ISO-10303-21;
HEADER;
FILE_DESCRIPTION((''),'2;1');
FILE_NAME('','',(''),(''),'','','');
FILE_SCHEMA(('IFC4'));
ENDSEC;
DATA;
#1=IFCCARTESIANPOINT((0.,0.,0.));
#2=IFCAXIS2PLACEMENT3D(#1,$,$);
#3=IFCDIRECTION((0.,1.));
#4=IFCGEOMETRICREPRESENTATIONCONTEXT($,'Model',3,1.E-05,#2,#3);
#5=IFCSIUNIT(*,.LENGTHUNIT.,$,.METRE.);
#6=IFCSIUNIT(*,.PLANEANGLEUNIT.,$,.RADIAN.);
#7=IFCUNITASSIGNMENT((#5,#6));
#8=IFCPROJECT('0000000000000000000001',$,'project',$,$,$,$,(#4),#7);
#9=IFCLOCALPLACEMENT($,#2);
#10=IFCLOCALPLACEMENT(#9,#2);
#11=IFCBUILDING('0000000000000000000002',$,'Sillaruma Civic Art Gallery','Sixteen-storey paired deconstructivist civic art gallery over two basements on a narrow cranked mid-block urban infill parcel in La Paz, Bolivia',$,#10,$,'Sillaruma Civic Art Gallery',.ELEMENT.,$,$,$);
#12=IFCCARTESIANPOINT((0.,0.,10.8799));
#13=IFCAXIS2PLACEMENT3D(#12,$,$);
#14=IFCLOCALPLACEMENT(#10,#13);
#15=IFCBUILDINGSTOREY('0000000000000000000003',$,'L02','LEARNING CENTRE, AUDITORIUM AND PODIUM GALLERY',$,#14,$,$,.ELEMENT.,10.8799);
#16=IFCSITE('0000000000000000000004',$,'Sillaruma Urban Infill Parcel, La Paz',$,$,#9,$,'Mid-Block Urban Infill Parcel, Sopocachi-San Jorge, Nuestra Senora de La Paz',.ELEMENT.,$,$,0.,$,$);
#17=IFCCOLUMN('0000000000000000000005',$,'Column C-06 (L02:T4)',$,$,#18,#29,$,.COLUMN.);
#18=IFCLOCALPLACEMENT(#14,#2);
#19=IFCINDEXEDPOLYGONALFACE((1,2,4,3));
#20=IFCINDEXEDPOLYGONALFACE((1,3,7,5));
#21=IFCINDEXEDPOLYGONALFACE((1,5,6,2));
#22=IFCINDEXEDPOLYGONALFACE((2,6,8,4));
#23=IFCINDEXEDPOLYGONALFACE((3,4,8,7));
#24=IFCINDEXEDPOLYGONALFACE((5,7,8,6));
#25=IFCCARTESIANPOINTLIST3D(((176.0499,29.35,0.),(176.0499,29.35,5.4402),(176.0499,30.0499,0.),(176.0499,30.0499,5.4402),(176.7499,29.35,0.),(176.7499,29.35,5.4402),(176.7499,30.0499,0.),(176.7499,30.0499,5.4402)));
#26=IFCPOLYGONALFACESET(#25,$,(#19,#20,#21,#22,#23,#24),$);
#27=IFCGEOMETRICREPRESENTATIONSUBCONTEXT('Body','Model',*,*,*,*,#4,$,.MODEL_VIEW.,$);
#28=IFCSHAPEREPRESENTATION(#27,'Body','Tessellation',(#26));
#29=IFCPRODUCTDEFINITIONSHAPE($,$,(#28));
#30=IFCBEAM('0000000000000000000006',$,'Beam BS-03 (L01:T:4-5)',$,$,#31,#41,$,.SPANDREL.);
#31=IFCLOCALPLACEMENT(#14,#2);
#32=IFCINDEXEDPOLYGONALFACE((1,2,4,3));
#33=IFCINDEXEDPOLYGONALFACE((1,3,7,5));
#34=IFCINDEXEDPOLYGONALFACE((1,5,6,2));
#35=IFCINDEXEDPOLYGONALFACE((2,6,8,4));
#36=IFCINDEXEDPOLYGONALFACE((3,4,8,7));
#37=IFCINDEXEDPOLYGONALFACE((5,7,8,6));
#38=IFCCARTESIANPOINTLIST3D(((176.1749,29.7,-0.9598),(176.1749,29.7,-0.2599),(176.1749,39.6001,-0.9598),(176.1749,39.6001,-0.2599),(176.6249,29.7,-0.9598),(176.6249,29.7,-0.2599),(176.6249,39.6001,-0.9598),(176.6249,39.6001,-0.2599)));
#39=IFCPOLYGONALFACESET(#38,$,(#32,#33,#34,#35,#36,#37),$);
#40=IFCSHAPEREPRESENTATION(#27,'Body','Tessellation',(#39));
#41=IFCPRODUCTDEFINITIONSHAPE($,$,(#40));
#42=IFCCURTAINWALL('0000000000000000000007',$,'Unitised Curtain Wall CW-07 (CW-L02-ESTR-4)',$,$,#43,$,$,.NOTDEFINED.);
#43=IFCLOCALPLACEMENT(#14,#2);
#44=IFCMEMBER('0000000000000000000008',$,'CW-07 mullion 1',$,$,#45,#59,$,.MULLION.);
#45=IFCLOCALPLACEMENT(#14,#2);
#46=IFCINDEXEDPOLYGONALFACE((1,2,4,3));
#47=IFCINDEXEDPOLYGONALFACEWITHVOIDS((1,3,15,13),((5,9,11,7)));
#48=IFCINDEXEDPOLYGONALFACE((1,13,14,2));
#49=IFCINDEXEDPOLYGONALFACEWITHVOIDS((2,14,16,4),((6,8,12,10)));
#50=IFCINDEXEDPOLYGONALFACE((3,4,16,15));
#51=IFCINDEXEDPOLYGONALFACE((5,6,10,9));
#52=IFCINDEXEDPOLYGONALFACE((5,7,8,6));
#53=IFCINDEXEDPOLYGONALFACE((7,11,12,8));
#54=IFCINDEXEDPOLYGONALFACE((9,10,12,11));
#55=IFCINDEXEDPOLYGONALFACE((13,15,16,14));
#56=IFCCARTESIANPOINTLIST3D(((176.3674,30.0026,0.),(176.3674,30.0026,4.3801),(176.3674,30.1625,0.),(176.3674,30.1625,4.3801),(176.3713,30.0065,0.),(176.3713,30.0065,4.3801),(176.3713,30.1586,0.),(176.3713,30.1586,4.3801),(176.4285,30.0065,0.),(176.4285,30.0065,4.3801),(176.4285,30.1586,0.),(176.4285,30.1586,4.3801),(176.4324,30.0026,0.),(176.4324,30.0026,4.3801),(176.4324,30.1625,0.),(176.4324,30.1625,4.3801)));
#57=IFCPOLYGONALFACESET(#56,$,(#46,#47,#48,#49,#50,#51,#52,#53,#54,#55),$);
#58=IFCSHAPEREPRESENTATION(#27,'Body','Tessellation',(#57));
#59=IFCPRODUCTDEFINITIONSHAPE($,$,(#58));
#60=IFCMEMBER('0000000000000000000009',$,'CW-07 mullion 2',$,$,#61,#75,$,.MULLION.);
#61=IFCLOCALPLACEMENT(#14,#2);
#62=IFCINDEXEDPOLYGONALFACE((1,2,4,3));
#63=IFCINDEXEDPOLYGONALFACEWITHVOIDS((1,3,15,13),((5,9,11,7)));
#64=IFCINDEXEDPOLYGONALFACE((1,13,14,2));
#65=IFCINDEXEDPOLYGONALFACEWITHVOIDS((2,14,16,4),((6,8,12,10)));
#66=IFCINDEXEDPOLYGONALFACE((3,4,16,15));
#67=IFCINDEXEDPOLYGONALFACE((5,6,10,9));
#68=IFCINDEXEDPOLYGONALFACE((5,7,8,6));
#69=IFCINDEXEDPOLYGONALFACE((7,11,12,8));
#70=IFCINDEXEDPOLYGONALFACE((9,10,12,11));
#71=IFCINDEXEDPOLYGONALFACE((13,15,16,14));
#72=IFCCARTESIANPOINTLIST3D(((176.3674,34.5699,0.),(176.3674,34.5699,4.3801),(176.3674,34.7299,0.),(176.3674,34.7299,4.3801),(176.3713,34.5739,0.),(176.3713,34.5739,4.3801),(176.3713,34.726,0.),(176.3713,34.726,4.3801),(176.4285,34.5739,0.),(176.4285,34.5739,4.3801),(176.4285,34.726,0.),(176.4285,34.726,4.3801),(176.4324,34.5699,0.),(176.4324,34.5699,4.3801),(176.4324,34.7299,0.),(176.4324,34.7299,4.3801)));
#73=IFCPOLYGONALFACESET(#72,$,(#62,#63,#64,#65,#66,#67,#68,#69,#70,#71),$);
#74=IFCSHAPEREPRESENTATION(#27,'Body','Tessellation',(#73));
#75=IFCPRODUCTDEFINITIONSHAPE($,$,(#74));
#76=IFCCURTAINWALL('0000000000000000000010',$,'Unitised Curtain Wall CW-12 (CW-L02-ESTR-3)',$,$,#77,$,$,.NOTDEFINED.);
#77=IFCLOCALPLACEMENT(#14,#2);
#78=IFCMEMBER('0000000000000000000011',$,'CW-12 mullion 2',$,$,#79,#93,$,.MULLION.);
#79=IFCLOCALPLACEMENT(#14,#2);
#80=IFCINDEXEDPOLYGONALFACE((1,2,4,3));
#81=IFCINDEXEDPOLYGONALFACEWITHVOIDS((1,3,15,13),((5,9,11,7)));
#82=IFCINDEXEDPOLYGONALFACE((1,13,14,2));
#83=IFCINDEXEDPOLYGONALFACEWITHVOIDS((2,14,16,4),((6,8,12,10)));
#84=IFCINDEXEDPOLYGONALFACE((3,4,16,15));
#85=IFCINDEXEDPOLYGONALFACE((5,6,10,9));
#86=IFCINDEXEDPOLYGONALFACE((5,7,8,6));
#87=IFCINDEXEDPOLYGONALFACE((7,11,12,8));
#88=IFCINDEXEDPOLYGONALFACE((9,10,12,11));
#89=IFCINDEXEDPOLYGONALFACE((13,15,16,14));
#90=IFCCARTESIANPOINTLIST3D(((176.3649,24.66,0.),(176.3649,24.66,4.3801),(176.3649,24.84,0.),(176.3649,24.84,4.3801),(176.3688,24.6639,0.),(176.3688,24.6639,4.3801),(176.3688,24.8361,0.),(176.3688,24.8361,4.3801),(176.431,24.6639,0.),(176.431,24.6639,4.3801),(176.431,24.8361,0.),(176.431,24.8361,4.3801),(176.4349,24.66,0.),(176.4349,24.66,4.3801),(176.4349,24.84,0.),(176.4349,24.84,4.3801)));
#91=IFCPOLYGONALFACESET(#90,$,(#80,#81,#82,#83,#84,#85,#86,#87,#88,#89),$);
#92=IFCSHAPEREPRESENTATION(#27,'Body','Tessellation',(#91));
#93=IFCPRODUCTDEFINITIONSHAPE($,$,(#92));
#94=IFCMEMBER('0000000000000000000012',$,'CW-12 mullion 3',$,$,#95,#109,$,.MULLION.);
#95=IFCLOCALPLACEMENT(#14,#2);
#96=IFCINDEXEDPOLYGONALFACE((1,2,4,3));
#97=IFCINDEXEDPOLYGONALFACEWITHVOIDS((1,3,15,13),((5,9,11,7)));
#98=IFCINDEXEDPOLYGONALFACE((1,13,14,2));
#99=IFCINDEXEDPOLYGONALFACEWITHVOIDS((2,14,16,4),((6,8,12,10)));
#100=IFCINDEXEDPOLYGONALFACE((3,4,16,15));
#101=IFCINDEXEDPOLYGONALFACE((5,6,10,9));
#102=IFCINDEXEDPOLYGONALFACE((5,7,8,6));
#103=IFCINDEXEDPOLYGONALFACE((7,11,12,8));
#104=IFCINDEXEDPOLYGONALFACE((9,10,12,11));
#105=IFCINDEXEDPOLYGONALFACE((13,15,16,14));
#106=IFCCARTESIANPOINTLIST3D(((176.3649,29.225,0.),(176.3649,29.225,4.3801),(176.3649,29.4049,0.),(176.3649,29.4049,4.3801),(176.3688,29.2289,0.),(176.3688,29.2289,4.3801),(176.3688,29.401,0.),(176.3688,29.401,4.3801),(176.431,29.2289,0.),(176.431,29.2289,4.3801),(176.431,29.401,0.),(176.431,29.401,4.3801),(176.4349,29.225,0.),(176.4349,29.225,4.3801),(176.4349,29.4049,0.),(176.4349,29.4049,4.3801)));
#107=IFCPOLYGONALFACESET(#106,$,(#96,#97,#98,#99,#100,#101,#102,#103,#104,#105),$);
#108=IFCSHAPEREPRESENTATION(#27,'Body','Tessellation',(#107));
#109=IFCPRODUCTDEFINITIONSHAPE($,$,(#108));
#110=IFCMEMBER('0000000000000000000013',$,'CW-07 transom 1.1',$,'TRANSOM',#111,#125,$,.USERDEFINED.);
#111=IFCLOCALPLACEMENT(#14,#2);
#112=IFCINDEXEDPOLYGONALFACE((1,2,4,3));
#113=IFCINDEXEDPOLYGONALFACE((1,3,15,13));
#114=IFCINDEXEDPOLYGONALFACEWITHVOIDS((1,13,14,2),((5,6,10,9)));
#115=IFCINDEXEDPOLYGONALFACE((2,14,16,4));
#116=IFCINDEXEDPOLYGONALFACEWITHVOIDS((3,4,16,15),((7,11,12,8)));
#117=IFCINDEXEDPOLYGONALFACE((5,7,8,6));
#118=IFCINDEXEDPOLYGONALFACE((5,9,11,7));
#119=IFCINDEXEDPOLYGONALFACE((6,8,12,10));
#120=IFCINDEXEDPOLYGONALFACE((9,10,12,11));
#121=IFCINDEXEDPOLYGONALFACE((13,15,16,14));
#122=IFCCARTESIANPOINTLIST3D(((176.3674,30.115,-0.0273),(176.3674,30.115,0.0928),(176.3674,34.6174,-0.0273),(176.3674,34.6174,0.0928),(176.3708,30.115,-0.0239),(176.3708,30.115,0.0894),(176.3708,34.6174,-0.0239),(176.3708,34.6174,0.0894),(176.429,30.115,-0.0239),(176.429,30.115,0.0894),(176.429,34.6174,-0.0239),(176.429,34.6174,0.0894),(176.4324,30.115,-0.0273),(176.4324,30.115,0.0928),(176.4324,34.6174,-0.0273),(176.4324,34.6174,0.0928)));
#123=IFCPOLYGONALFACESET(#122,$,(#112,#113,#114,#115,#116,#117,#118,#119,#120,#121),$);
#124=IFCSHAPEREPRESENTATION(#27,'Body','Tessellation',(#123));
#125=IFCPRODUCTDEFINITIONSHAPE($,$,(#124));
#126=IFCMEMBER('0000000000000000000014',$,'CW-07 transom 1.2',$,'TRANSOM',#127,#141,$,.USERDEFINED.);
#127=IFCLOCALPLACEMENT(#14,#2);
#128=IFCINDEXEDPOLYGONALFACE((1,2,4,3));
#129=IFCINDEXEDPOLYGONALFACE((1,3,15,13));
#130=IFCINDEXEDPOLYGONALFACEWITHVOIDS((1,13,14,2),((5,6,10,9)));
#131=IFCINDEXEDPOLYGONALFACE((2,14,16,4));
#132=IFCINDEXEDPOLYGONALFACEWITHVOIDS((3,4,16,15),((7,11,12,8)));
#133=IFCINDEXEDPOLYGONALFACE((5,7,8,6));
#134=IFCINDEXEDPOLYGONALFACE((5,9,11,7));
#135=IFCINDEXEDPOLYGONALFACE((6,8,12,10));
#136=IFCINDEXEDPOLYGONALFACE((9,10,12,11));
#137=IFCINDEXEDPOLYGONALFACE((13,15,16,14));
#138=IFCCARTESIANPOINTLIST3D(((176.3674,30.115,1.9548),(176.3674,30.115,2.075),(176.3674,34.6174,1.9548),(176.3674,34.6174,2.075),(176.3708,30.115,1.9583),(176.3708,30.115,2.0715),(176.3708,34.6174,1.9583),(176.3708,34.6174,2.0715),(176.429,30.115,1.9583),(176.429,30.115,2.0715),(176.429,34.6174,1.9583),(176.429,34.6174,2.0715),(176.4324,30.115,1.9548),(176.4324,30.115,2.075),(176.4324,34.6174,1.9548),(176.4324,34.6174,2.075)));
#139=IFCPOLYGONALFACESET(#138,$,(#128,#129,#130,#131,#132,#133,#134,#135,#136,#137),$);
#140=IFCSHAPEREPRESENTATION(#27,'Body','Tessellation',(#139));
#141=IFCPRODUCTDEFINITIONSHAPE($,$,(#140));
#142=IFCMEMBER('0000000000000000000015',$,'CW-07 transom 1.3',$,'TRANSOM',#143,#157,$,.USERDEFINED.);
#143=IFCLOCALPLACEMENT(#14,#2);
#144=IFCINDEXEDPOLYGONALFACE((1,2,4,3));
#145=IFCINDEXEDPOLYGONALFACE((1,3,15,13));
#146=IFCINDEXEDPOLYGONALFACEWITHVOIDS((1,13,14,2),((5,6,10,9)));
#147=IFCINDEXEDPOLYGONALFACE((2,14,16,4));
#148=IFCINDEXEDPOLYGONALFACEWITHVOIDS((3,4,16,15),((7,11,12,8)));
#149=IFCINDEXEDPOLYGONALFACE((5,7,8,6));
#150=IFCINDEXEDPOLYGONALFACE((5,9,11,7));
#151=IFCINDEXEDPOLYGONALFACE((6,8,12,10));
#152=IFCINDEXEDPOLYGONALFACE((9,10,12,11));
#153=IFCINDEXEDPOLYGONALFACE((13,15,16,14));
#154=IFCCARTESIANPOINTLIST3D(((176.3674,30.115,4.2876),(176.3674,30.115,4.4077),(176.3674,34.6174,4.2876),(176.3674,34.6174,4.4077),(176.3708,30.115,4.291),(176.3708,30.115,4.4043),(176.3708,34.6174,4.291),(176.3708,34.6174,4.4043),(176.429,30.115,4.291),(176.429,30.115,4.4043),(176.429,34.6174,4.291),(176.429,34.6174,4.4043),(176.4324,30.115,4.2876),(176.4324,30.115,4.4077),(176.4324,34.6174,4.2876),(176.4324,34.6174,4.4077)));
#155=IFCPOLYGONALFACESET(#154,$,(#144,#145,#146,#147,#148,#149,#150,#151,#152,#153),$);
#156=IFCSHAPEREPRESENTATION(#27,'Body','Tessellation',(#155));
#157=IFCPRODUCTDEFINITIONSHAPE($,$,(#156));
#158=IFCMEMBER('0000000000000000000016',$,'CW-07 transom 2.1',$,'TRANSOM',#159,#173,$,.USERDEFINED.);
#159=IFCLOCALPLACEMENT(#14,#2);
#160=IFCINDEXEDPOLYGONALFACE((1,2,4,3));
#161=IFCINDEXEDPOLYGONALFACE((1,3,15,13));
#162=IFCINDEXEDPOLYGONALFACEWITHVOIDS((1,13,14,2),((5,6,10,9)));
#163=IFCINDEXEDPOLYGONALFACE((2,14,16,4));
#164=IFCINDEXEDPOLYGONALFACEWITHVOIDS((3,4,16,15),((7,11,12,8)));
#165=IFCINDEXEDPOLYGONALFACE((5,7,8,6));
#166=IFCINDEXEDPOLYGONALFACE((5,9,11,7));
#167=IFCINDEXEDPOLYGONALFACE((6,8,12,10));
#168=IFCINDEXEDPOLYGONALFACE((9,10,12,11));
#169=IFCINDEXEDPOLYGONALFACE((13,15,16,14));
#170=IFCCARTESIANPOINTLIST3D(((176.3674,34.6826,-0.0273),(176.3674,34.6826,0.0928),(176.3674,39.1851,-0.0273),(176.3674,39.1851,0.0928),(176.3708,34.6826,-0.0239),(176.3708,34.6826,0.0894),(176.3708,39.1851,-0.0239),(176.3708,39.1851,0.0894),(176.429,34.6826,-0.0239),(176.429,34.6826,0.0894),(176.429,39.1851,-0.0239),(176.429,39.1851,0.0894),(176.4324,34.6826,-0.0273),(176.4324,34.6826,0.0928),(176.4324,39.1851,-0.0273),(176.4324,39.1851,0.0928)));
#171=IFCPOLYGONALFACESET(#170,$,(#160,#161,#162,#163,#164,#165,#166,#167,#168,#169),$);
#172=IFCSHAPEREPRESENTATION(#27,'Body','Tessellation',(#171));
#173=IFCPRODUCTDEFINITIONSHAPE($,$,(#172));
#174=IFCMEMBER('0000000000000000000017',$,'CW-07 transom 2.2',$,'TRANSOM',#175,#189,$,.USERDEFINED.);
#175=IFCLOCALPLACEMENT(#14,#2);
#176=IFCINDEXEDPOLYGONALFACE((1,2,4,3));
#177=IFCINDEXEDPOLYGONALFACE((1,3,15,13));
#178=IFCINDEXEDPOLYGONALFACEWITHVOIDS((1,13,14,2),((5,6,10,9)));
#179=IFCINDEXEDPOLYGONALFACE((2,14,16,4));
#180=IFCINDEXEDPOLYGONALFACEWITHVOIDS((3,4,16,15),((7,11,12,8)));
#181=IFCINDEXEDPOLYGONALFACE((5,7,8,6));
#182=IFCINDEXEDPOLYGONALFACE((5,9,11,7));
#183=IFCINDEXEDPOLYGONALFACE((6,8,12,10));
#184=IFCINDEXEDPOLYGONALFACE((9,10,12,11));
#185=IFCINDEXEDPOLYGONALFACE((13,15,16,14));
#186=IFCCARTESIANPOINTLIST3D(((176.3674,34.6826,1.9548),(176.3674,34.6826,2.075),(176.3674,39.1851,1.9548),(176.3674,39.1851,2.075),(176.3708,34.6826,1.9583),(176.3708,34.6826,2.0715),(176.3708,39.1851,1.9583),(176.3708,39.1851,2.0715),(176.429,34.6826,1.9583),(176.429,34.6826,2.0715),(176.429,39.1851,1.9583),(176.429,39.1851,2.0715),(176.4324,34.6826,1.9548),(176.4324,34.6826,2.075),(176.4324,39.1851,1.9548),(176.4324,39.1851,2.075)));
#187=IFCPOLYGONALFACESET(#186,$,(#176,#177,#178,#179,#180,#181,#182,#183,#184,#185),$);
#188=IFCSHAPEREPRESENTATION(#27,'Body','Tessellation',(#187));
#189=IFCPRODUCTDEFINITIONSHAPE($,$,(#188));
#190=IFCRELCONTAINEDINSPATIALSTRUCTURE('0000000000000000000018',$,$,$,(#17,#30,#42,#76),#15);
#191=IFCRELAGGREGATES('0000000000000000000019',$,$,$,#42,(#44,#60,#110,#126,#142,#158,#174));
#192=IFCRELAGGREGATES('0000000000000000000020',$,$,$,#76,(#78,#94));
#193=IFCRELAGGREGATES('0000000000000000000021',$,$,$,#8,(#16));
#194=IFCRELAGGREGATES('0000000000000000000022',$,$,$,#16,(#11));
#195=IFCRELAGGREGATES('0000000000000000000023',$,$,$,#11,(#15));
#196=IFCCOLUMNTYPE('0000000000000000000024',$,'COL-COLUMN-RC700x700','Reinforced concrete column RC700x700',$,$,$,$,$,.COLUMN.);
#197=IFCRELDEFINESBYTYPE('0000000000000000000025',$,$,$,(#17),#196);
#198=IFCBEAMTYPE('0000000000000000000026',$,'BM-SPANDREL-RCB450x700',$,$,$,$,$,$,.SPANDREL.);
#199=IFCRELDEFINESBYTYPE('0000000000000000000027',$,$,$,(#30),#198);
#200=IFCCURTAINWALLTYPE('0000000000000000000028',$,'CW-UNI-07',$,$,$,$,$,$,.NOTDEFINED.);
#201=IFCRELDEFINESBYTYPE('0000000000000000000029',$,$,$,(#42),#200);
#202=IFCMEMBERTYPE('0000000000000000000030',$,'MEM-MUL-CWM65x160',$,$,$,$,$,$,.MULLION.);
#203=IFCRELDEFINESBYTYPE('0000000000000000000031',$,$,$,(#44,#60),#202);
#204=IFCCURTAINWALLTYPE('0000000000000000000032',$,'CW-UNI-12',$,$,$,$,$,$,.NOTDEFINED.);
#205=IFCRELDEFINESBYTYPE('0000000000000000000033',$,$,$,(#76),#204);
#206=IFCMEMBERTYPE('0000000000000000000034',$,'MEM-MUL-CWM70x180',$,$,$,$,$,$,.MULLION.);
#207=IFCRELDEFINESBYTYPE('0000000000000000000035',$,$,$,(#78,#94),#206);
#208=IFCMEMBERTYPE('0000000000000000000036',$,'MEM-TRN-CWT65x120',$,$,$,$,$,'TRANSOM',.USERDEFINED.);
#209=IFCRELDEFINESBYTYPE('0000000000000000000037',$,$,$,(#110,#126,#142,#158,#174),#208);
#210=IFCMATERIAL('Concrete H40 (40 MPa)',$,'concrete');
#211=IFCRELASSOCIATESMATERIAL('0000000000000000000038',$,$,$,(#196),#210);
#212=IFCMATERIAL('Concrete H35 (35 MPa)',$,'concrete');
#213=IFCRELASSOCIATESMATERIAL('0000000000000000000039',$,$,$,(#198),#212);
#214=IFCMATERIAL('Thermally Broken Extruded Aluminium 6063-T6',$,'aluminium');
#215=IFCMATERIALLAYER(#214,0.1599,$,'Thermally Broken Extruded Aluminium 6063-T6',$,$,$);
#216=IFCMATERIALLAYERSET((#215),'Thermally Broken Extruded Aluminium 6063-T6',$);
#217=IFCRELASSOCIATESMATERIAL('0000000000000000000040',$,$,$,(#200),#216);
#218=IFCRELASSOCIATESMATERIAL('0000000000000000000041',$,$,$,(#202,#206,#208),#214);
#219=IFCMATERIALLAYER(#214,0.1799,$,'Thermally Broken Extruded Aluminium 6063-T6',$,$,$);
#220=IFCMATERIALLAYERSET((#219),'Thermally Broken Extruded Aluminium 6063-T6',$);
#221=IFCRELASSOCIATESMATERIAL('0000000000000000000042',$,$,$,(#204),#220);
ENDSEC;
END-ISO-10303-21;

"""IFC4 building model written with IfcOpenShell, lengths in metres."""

from ifc_helpers import new_model, si_unit, direction, frame, origin, origin_2d, place, context, subcontext, project, spatial, rectangle, hollow_rectangle, extrude, material, layer, layer_set, material_profile, profile_set, type_object, element, aggregate, save


model = new_model("IFC4")

# Units and contexts
model_context = context("Model", 3, precision=1e-05, world=origin(), true_north=direction((0.0, 1.0)))
body_context = subcontext(model_context, "Body", "Model", "MODEL_VIEW")
ifc_project = project(units=[si_unit("LENGTHUNIT", "METRE"), si_unit("PLANEANGLEUNIT", "RADIAN")], contexts=[model_context])

# Site, building, storey
site_placement = place(None, origin())
site = spatial("IfcSite", under=ifc_project, at=site_placement, Name="Sillaruma Urban Infill Parcel, La Paz", LongName="Mid-Block Urban Infill Parcel, Sopocachi-San Jorge, Nuestra Senora de La Paz", CompositionType="ELEMENT", RefElevation=0.0)
building_placement = place(site_placement, origin())
building = spatial("IfcBuilding", under=site, at=building_placement, Name="Sillaruma Civic Art Gallery", Description="Sixteen-storey paired deconstructivist civic art gallery over two basements on a narrow cranked mid-block urban infill parcel in La Paz, Bolivia", LongName="Sillaruma Civic Art Gallery", CompositionType="ELEMENT")
storey_placement = place(building_placement, frame((0.0, 0.0, 10.8799)))
storey = spatial("IfcBuildingStorey", under=building, at=storey_placement, Name="L02", Description="LEARNING CENTRE, AUDITORIUM AND PODIUM GALLERY", CompositionType="ELEMENT", Elevation=10.8799)

# Column
ifc_material_1 = material(Name="Concrete H40 (40 MPa)", Category="concrete")
ifc_material_profile_1 = material_profile(ifc_material_1, rectangle(XDim=0.7, YDim=0.7, at=origin_2d()), Name="RC700x700")
ifc_profile_set_1 = profile_set([ifc_material_profile_1], Name="Concrete H40 (40 MPa)")
column_type = type_object("IfcColumnType", Name="COL-COLUMN-RC700x700", Description="Reinforced concrete column RC700x700", PredefinedType="COLUMN", material=ifc_profile_set_1)
column_placement = place(storey_placement, frame((176.3999, 29.7, 0.0), z_axis=(0.0, 0.0, 1.0), x_axis=(1.0, 0.0, 0.0)))
element("IfcColumn", 1, at=column_placement, inside=storey, type_object=column_type, Name="Column C-06 (L02:T4)", PredefinedType="COLUMN", context=body_context, shape_type="SweptSolid", body=[
    extrude(rectangle(XDim=0.7, YDim=0.7, at=origin_2d()), origin(), (0.0, 0.0, 1.0), 5.4402),
])

# Beam
ifc_material_2 = material(Name="Concrete H35 (35 MPa)", Category="concrete")
ifc_material_profile_2 = material_profile(ifc_material_2, rectangle(XDim=0.45, YDim=0.7, at=origin_2d()), Name="RCB450x700")
ifc_profile_set_2 = profile_set([ifc_material_profile_2], Name="Concrete H35 (35 MPa)")
beam_type = type_object("IfcBeamType", Name="BM-SPANDREL-RCB450x700", PredefinedType="SPANDREL", material=ifc_profile_set_2)
beam_placement = place(storey_placement, frame((176.3999, 29.7, -0.6099), z_axis=(0.0, 1.0, 0.0), x_axis=(-1.0, 0.0, 0.0)))
element("IfcBeam", 2, at=beam_placement, inside=storey, type_object=beam_type, Name="Beam BS-03 (L01:T:4-5)", PredefinedType="SPANDREL", context=body_context, shape_type="SweptSolid", body=[
    extrude(rectangle(XDim=0.45, YDim=0.7, at=origin_2d()), origin(), (0.0, 0.0, 1.0), 9.9001),
])

# Curtain walls, members
ifc_material_3 = material(Name="Thermally Broken Extruded Aluminium 6063-T6", Category="aluminium")
ifc_layer_1 = layer(ifc_material_3, 0.1599, Name="Thermally Broken Extruded Aluminium 6063-T6")
ifc_layer_set_1 = layer_set([ifc_layer_1], Name="Thermally Broken Extruded Aluminium 6063-T6")
curtain_wall_type_1 = type_object("IfcCurtainWallType", Name="CW-UNI-07", PredefinedType="NOTDEFINED", material=ifc_layer_set_1)
curtain_wall_1_placement = place(storey_placement, origin())
curtain_wall_1 = element("IfcCurtainWall", 3, at=curtain_wall_1_placement, inside=storey, type_object=curtain_wall_type_1, Name="Unitised Curtain Wall CW-07 (CW-L02-ESTR-4)", PredefinedType="NOTDEFINED")
ifc_material_profile_3 = material_profile(ifc_material_3, hollow_rectangle(XDim=0.0649, YDim=0.1599, WallThickness=0.0039, at=origin_2d()), Name="CWM65x160")
ifc_profile_set_3 = profile_set([ifc_material_profile_3], Name="Thermally Broken Extruded Aluminium 6063-T6")
member_type_1 = type_object("IfcMemberType", Name="MEM-MUL-CWM65x160", PredefinedType="MULLION", material=ifc_profile_set_3)
member_1_placement = place(storey_placement, frame((176.3999, 30.0825, 0.0), z_axis=(0.0, 0.0, 1.0), x_axis=(-1.0, 0.0, 0.0)))
member_1 = element("IfcMember", 4, at=member_1_placement, type_object=member_type_1, Name="CW-07 mullion 1", PredefinedType="MULLION", context=body_context, shape_type="SweptSolid", body=[
    extrude(hollow_rectangle(XDim=0.0649, YDim=0.1599, WallThickness=0.0039, at=origin_2d()), origin(), (0.0, 0.0, 1.0), 4.3801),
])
member_2_placement = place(storey_placement, frame((176.3999, 34.6499, 0.0), z_axis=(0.0, 0.0, 1.0), x_axis=(-1.0, 0.0, 0.0)))
member_2 = element("IfcMember", 5, at=member_2_placement, type_object=member_type_1, Name="CW-07 mullion 2", PredefinedType="MULLION", context=body_context, shape_type="SweptSolid", body=[
    extrude(hollow_rectangle(XDim=0.0649, YDim=0.1599, WallThickness=0.0039, at=origin_2d()), origin(), (0.0, 0.0, 1.0), 4.3801),
])
ifc_layer_2 = layer(ifc_material_3, 0.1799, Name="Thermally Broken Extruded Aluminium 6063-T6")
ifc_layer_set_2 = layer_set([ifc_layer_2], Name="Thermally Broken Extruded Aluminium 6063-T6")
curtain_wall_type_2 = type_object("IfcCurtainWallType", Name="CW-UNI-12", PredefinedType="NOTDEFINED", material=ifc_layer_set_2)
curtain_wall_2_placement = place(storey_placement, origin())
curtain_wall_2 = element("IfcCurtainWall", 6, at=curtain_wall_2_placement, inside=storey, type_object=curtain_wall_type_2, Name="Unitised Curtain Wall CW-12 (CW-L02-ESTR-3)", PredefinedType="NOTDEFINED")
ifc_material_profile_4 = material_profile(ifc_material_3, hollow_rectangle(XDim=0.0701, YDim=0.1799, WallThickness=0.0039, at=origin_2d()), Name="CWM70x180")
ifc_profile_set_4 = profile_set([ifc_material_profile_4], Name="Thermally Broken Extruded Aluminium 6063-T6")
member_type_2 = type_object("IfcMemberType", Name="MEM-MUL-CWM70x180", PredefinedType="MULLION", material=ifc_profile_set_4)
member_3_placement = place(storey_placement, frame((176.3999, 24.75, 0.0), z_axis=(0.0, 0.0, 1.0), x_axis=(-1.0, 0.0, 0.0)))
member_3 = element("IfcMember", 7, at=member_3_placement, type_object=member_type_2, Name="CW-12 mullion 2", PredefinedType="MULLION", context=body_context, shape_type="SweptSolid", body=[
    extrude(hollow_rectangle(XDim=0.0701, YDim=0.1799, WallThickness=0.0039, at=origin_2d()), origin(), (0.0, 0.0, 1.0), 4.3801),
])
member_4_placement = place(storey_placement, frame((176.3999, 29.3149, 0.0), z_axis=(0.0, 0.0, 1.0), x_axis=(-1.0, 0.0, 0.0)))
member_4 = element("IfcMember", 8, at=member_4_placement, type_object=member_type_2, Name="CW-12 mullion 3", PredefinedType="MULLION", context=body_context, shape_type="SweptSolid", body=[
    extrude(hollow_rectangle(XDim=0.0701, YDim=0.1799, WallThickness=0.0039, at=origin_2d()), origin(), (0.0, 0.0, 1.0), 4.3801),
])

# Members
ifc_material_profile_5 = material_profile(ifc_material_3, hollow_rectangle(XDim=0.0649, YDim=0.1201, WallThickness=0.0034, at=origin_2d()), Name="CWT65x120")
ifc_profile_set_5 = profile_set([ifc_material_profile_5], Name="Thermally Broken Extruded Aluminium 6063-T6")
member_type_3 = type_object("IfcMemberType", Name="MEM-TRN-CWT65x120", ElementType="TRANSOM", PredefinedType="USERDEFINED", material=ifc_profile_set_5)
member_5_placement = place(storey_placement, frame((176.3999, 30.115, 0.0327), z_axis=(0.0, 1.0, 0.0), x_axis=(-1.0, 0.0, 0.0)))
member_5 = element("IfcMember", 9, at=member_5_placement, type_object=member_type_3, Name="CW-07 transom 1.1", ObjectType="TRANSOM", PredefinedType="USERDEFINED", context=body_context, shape_type="SweptSolid", body=[
    extrude(hollow_rectangle(XDim=0.0649, YDim=0.1201, WallThickness=0.0034, at=origin_2d()), origin(), (0.0, 0.0, 1.0), 4.5024),
])
member_6_placement = place(storey_placement, frame((176.3999, 30.115, 2.0149), z_axis=(0.0, 1.0, 0.0), x_axis=(-1.0, 0.0, 0.0)))
member_6 = element("IfcMember", 10, at=member_6_placement, type_object=member_type_3, Name="CW-07 transom 1.2", ObjectType="TRANSOM", PredefinedType="USERDEFINED", context=body_context, shape_type="SweptSolid", body=[
    extrude(hollow_rectangle(XDim=0.0649, YDim=0.1201, WallThickness=0.0034, at=origin_2d()), origin(), (0.0, 0.0, 1.0), 4.5024),
])
member_7_placement = place(storey_placement, frame((176.3999, 30.115, 4.3477), z_axis=(0.0, 1.0, 0.0), x_axis=(-1.0, 0.0, 0.0)))
member_7 = element("IfcMember", 11, at=member_7_placement, type_object=member_type_3, Name="CW-07 transom 1.3", ObjectType="TRANSOM", PredefinedType="USERDEFINED", context=body_context, shape_type="SweptSolid", body=[
    extrude(hollow_rectangle(XDim=0.0649, YDim=0.1201, WallThickness=0.0034, at=origin_2d()), origin(), (0.0, 0.0, 1.0), 4.5024),
])
member_8_placement = place(storey_placement, frame((176.3999, 34.6826, 0.0327), z_axis=(0.0, 1.0, 0.0), x_axis=(-1.0, 0.0, 0.0)))
member_8 = element("IfcMember", 12, at=member_8_placement, type_object=member_type_3, Name="CW-07 transom 2.1", ObjectType="TRANSOM", PredefinedType="USERDEFINED", context=body_context, shape_type="SweptSolid", body=[
    extrude(hollow_rectangle(XDim=0.0649, YDim=0.1201, WallThickness=0.0034, at=origin_2d()), origin(), (0.0, 0.0, 1.0), 4.5024),
])
member_9_placement = place(storey_placement, frame((176.3999, 34.6826, 2.0149), z_axis=(0.0, 1.0, 0.0), x_axis=(-1.0, 0.0, 0.0)))
member_9 = element("IfcMember", 13, at=member_9_placement, type_object=member_type_3, Name="CW-07 transom 2.2", ObjectType="TRANSOM", PredefinedType="USERDEFINED", context=body_context, shape_type="SweptSolid", body=[
    extrude(hollow_rectangle(XDim=0.0649, YDim=0.1201, WallThickness=0.0034, at=origin_2d()), origin(), (0.0, 0.0, 1.0), 4.5024),
])

aggregate(curtain_wall_1, [member_1, member_2, member_5, member_6, member_7, member_8, member_9])
aggregate(curtain_wall_2, [member_3, member_4])

save(model, "model.ifc")
